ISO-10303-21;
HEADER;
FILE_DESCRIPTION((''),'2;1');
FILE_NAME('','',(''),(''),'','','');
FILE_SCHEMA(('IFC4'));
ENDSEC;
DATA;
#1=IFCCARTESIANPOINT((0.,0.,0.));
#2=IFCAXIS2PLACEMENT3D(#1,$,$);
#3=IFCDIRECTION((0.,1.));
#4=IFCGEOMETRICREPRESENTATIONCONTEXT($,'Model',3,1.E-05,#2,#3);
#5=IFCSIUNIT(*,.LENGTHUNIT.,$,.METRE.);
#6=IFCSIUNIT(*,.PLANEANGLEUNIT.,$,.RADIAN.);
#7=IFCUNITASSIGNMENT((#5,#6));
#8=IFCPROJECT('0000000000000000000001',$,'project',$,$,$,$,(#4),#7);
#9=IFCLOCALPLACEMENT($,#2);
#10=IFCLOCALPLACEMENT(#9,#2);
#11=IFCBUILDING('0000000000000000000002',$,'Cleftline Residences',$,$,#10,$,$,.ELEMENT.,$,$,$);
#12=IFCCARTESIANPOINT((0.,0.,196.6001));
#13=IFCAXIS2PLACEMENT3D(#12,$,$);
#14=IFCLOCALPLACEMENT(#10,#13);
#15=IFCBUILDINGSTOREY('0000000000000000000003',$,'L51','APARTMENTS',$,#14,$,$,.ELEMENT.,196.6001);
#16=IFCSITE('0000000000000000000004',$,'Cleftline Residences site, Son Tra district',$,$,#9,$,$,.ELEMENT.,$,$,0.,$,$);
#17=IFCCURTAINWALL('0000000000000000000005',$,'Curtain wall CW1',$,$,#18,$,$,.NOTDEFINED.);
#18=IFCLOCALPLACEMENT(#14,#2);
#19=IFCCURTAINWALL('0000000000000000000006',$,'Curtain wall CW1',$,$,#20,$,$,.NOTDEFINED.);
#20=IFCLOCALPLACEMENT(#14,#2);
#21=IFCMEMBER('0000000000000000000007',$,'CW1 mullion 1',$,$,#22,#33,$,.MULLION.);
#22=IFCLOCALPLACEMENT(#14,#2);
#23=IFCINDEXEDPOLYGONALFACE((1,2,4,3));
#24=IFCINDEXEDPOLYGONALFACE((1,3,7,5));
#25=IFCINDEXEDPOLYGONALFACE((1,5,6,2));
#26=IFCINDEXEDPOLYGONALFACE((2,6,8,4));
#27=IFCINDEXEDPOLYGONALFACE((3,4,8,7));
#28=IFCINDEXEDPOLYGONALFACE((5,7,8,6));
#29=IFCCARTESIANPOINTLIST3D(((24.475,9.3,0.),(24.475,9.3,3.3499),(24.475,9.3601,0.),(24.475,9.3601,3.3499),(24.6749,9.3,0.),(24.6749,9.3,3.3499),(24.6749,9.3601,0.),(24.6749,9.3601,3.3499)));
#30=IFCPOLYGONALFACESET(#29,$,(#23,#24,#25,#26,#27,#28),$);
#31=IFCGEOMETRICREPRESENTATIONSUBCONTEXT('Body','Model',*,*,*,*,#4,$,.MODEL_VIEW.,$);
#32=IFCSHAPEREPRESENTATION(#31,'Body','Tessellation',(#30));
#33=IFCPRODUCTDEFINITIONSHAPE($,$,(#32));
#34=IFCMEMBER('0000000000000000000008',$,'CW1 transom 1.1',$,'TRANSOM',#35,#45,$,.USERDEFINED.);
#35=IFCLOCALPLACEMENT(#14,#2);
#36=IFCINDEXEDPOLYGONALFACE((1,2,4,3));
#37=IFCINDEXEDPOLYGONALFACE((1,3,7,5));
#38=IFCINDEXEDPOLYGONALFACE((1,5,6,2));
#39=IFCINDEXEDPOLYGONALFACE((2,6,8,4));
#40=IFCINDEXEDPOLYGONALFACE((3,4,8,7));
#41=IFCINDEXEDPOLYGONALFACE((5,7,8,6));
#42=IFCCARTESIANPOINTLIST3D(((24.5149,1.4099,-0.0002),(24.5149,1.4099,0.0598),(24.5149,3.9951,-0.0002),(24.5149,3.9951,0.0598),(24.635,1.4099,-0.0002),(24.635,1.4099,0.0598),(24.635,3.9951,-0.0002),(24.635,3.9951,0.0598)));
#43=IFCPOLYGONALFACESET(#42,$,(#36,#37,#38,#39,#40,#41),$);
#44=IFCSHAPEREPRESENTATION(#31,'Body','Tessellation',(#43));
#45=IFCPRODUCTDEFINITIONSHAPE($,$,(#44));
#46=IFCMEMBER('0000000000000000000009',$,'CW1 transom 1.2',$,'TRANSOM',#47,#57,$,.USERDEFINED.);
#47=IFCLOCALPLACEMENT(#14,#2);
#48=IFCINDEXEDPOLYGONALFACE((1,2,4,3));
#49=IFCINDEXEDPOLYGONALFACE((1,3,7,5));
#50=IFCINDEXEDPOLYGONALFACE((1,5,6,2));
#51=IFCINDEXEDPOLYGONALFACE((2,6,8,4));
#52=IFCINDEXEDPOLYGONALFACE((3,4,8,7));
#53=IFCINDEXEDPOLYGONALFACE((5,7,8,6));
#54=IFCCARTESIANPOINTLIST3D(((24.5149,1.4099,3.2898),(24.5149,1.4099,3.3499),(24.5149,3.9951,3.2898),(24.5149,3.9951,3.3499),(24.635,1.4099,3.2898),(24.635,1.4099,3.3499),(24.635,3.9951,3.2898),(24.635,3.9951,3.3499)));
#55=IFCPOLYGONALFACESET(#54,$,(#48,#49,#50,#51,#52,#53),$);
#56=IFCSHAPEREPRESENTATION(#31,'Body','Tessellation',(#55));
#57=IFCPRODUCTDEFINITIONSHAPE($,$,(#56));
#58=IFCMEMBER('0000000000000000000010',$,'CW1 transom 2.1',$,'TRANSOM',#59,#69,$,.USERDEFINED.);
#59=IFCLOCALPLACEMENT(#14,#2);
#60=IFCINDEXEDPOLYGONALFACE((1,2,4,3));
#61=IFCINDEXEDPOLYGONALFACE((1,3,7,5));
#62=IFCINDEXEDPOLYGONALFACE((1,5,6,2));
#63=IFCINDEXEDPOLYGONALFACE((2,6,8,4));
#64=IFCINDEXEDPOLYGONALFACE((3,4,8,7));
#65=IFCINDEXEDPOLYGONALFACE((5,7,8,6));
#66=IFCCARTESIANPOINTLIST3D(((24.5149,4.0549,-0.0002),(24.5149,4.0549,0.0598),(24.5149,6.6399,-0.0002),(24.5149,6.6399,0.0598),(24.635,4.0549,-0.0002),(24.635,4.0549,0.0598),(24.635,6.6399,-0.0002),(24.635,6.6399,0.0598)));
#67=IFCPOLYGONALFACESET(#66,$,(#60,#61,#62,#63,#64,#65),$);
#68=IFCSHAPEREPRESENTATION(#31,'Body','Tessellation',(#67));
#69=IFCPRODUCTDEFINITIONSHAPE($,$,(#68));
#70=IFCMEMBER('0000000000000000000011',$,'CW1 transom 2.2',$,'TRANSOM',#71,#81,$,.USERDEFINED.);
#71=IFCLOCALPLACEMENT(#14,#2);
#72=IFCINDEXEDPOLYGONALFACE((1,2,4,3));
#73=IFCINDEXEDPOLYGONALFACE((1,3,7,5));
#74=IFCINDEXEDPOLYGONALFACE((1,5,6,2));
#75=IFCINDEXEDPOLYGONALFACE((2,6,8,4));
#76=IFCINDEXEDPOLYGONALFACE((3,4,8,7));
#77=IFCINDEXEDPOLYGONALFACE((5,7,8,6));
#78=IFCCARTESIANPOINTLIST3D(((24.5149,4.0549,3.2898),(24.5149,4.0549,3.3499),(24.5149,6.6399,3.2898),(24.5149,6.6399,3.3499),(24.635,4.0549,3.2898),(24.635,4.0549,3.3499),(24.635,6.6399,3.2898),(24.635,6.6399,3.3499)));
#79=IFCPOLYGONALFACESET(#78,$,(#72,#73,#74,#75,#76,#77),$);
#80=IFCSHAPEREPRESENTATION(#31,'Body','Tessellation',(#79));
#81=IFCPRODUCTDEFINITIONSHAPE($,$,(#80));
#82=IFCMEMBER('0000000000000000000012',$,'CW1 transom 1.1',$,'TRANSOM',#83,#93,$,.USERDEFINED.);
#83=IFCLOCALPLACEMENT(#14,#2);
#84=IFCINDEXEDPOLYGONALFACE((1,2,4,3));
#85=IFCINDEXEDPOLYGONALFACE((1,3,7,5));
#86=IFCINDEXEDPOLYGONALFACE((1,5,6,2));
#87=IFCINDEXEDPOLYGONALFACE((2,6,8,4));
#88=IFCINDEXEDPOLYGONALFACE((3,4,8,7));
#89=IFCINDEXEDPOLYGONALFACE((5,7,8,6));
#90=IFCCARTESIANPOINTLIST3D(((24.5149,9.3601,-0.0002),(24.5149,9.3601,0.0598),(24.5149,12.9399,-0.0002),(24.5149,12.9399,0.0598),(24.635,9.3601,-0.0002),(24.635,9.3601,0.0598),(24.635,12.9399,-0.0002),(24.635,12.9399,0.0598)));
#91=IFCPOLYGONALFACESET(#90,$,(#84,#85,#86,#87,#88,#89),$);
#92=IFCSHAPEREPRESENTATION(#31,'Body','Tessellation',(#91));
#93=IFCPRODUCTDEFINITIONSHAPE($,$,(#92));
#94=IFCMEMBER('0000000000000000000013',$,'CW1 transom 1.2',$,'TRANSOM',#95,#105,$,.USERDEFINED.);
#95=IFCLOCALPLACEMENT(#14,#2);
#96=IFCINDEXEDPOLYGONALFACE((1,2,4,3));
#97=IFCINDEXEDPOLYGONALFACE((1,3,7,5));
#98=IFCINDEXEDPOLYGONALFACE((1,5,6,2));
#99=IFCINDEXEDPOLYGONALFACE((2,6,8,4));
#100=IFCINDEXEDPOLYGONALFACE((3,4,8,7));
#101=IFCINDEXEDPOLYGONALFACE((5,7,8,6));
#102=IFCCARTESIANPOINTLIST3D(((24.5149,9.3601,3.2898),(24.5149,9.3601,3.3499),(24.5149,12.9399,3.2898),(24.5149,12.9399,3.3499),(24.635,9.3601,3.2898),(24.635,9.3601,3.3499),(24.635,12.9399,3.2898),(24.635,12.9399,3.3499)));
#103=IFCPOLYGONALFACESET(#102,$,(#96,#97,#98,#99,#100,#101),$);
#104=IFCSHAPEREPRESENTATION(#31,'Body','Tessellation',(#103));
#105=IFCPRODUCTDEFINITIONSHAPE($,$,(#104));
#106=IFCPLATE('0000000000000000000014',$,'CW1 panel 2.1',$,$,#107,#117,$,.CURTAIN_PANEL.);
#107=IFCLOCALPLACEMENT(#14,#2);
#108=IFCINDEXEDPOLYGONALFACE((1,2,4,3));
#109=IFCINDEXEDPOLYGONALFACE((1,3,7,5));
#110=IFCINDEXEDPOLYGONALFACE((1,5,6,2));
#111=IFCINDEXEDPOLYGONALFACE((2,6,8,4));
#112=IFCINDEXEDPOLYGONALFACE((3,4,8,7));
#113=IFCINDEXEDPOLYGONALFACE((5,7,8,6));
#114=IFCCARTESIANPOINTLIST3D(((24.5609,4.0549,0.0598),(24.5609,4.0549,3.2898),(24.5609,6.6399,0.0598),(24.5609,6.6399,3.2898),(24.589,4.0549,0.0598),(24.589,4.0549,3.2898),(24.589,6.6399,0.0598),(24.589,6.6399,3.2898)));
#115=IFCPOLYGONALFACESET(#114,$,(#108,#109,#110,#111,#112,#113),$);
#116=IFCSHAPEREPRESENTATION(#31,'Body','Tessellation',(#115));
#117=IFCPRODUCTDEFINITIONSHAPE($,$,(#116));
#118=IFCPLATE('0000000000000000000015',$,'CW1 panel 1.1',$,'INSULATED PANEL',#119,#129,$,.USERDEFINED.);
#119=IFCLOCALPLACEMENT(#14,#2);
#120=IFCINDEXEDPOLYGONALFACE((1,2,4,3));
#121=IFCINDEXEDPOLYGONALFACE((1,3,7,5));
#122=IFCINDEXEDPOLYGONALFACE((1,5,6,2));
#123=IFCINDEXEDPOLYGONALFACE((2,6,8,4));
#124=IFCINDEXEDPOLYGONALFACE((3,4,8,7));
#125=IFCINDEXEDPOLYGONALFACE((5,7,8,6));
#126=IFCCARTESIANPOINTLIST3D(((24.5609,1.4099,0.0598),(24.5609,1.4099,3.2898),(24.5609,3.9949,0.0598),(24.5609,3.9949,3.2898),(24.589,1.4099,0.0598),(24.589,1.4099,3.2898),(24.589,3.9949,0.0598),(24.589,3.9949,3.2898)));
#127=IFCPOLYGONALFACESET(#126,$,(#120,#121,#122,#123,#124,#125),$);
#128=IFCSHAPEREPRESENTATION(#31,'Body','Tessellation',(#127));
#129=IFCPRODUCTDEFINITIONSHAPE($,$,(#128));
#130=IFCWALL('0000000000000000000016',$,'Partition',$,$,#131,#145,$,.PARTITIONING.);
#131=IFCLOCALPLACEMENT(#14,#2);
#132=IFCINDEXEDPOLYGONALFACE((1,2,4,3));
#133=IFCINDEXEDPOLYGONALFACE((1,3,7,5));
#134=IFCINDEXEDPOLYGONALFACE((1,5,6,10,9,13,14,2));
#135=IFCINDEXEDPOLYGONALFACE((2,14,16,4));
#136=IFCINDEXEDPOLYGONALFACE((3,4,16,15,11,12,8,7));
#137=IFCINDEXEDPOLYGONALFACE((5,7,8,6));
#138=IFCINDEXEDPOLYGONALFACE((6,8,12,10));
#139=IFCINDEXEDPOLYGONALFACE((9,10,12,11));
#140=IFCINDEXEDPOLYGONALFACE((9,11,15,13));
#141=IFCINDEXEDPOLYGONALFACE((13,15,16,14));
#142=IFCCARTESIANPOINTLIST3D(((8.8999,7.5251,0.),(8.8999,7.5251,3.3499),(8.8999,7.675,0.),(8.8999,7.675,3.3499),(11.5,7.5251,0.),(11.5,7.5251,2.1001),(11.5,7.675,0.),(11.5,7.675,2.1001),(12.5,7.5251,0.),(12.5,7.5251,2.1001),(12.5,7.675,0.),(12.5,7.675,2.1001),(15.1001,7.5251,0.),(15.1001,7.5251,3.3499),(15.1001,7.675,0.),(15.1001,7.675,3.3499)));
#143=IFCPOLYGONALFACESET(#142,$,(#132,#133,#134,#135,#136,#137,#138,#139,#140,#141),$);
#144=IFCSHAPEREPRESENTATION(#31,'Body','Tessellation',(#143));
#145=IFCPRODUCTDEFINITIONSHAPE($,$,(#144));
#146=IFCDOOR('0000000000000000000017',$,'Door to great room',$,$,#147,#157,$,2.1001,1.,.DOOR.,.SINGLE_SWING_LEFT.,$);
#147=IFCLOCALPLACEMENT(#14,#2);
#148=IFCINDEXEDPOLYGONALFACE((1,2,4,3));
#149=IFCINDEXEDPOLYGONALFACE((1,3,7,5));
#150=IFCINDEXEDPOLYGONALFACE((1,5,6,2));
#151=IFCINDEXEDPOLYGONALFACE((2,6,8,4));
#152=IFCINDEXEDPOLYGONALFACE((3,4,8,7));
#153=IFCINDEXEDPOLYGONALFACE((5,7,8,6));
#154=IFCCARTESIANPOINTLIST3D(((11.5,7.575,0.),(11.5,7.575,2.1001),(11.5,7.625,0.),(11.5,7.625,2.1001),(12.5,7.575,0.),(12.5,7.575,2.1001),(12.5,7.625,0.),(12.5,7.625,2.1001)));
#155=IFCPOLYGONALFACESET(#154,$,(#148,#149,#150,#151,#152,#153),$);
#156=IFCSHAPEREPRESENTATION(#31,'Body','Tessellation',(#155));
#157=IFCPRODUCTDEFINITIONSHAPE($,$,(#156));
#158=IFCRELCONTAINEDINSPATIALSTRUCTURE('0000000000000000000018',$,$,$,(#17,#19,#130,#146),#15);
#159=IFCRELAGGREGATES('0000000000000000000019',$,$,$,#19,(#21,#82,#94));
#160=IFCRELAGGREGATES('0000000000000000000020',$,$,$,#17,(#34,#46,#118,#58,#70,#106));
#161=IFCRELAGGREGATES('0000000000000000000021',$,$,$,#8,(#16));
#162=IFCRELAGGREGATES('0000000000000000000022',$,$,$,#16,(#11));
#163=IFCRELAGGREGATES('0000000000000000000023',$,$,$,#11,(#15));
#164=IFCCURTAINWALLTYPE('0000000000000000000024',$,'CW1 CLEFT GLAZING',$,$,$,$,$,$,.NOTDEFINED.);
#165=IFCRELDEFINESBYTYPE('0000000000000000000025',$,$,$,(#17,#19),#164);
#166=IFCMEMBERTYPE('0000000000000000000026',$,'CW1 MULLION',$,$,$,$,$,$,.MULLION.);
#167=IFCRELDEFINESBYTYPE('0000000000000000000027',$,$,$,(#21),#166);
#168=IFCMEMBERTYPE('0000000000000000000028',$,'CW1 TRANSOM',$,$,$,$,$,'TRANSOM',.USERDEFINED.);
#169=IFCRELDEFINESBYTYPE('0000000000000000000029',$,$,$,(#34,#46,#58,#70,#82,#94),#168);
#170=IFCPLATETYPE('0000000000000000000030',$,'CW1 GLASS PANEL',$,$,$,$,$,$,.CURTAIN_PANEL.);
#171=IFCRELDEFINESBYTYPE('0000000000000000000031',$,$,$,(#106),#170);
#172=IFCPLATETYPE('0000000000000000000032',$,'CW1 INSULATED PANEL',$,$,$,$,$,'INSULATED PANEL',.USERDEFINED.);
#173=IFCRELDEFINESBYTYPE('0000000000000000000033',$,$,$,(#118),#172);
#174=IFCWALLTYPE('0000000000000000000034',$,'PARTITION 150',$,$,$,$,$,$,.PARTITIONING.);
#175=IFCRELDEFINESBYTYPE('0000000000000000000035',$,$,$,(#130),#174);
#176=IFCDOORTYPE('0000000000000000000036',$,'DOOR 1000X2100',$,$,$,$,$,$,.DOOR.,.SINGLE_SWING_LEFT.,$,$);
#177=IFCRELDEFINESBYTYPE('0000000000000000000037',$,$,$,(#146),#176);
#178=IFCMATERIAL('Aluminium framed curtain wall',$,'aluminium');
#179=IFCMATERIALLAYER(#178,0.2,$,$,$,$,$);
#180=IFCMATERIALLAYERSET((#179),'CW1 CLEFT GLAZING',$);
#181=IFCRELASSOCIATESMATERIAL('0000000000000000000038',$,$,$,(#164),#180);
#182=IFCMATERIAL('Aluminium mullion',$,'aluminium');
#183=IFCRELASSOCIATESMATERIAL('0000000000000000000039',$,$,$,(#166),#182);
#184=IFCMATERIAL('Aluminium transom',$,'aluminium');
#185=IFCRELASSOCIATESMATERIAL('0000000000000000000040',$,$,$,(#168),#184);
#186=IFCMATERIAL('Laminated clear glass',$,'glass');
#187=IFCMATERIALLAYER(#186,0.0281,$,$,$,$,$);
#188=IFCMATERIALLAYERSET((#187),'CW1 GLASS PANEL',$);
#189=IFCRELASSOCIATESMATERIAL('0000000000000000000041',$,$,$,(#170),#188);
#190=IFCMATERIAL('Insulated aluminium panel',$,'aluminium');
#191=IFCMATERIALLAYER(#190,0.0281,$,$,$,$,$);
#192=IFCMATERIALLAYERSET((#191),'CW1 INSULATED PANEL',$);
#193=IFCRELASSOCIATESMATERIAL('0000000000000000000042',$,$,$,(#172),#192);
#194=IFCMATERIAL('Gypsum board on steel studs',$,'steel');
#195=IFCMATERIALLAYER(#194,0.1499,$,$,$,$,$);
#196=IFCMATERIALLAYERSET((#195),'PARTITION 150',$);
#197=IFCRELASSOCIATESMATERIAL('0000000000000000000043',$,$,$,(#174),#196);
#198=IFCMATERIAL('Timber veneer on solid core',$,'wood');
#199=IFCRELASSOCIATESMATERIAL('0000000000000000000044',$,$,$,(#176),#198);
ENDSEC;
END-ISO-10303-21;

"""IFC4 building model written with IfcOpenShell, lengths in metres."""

from ifc_helpers import new_model, si_unit, direction, frame, frame_2d, origin, origin_2d, place, context, subcontext, project, spatial, rectangle, extrude, material, layer, layer_set, material_profile, profile_set, type_object, element, fill, aggregate, save


model = new_model("IFC4")

# Units and contexts
model_context = context("Model", 3, precision=1e-05, world=origin(), true_north=direction((0.0, 1.0)))
body_context = subcontext(model_context, "Body", "Model", "MODEL_VIEW")
ifc_project = project(units=[si_unit("LENGTHUNIT", "METRE"), si_unit("PLANEANGLEUNIT", "RADIAN")], contexts=[model_context])

# Site, building, storey
site_placement = place(None, origin())
site = spatial("IfcSite", under=ifc_project, at=site_placement, Name="Cleftline Residences site, Son Tra district", CompositionType="ELEMENT", RefElevation=0.0)
building_placement = place(site_placement, origin())
building = spatial("IfcBuilding", under=site, at=building_placement, Name="Cleftline Residences", CompositionType="ELEMENT")
storey_placement = place(building_placement, frame((0.0, 0.0, 196.6001)))
storey = spatial("IfcBuildingStorey", under=building, at=storey_placement, Name="L51", Description="APARTMENTS", CompositionType="ELEMENT", Elevation=196.6001)

# Curtain wall
ifc_material_1 = material(Name="Aluminium framed curtain wall", Category="aluminium")
ifc_layer_1 = layer(ifc_material_1, 0.2)
ifc_layer_set_1 = layer_set([ifc_layer_1], Name="CW1 CLEFT GLAZING")
curtain_wall_type = type_object("IfcCurtainWallType", Name="CW1 CLEFT GLAZING", PredefinedType="NOTDEFINED", material=ifc_layer_set_1)
curtain_wall_1_placement = place(storey_placement, origin())
curtain_wall_1 = element("IfcCurtainWall", 1, at=curtain_wall_1_placement, inside=storey, type_object=curtain_wall_type, Name="Curtain wall CW1", PredefinedType="NOTDEFINED")
ifc_material_2 = material(Name="Aluminium mullion", Category="aluminium")
ifc_material_profile_1 = material_profile(ifc_material_2, rectangle(XDim=0.2, YDim=0.0601, at=origin_2d()))
ifc_profile_set_1 = profile_set([ifc_material_profile_1], Name="Aluminium mullion")
member_type_1 = type_object("IfcMemberType", Name="CW1 MULLION", PredefinedType="MULLION", material=ifc_profile_set_1)

# Curtain wall, member
curtain_wall_2_placement = place(storey_placement, origin())
curtain_wall_2 = element("IfcCurtainWall", 2, at=curtain_wall_2_placement, inside=storey, type_object=curtain_wall_type, Name="Curtain wall CW1", PredefinedType="NOTDEFINED")
member_1_placement = place(storey_placement, frame((24.575, 9.3301, 0.0), z_axis=(0.0, 0.0, 1.0), x_axis=(-1.0, 0.0, 0.0)))
member_1 = element("IfcMember", 3, at=member_1_placement, type_object=member_type_1, Name="CW1 mullion 1", PredefinedType="MULLION", context=body_context, shape_type="SweptSolid", body=[
    extrude(rectangle(XDim=0.2, YDim=0.0601, at=origin_2d()), origin(), (0.0, 0.0, 1.0), 3.3499),
])

# Members
ifc_material_3 = material(Name="Aluminium transom", Category="aluminium")
ifc_material_profile_2 = material_profile(ifc_material_3, rectangle(XDim=0.1201, YDim=0.0601, at=origin_2d()))
ifc_profile_set_2 = profile_set([ifc_material_profile_2], Name="Aluminium transom")
member_type_2 = type_object("IfcMemberType", Name="CW1 TRANSOM", ElementType="TRANSOM", PredefinedType="USERDEFINED", material=ifc_profile_set_2)
member_2_placement = place(storey_placement, frame((24.575, 1.4099, 0.0298), z_axis=(0.0, 1.0, 0.0), x_axis=(-1.0, 0.0, 0.0)))
member_2 = element("IfcMember", 4, at=member_2_placement, type_object=member_type_2, Name="CW1 transom 1.1", ObjectType="TRANSOM", PredefinedType="USERDEFINED", context=body_context, shape_type="SweptSolid", body=[
    extrude(rectangle(XDim=0.1201, YDim=0.0601, at=origin_2d()), origin(), (0.0, 0.0, 1.0), 2.5852),
])
member_3_placement = place(storey_placement, frame((24.575, 1.4099, 3.3198), z_axis=(0.0, 1.0, 0.0), x_axis=(-1.0, 0.0, 0.0)))
member_3 = element("IfcMember", 5, at=member_3_placement, type_object=member_type_2, Name="CW1 transom 1.2", ObjectType="TRANSOM", PredefinedType="USERDEFINED", context=body_context, shape_type="SweptSolid", body=[
    extrude(rectangle(XDim=0.1201, YDim=0.0601, at=origin_2d()), origin(), (0.0, 0.0, 1.0), 2.5852),
])
member_4_placement = place(storey_placement, frame((24.575, 4.0549, 0.0298), z_axis=(0.0, 1.0, 0.0), x_axis=(-1.0, 0.0, 0.0)))
member_4 = element("IfcMember", 6, at=member_4_placement, type_object=member_type_2, Name="CW1 transom 2.1", ObjectType="TRANSOM", PredefinedType="USERDEFINED", context=body_context, shape_type="SweptSolid", body=[
    extrude(rectangle(XDim=0.1201, YDim=0.0601, at=origin_2d()), origin(), (0.0, 0.0, 1.0), 2.585),
])
member_5_placement = place(storey_placement, frame((24.575, 4.0549, 3.3198), z_axis=(0.0, 1.0, 0.0), x_axis=(-1.0, 0.0, 0.0)))
member_5 = element("IfcMember", 7, at=member_5_placement, type_object=member_type_2, Name="CW1 transom 2.2", ObjectType="TRANSOM", PredefinedType="USERDEFINED", context=body_context, shape_type="SweptSolid", body=[
    extrude(rectangle(XDim=0.1201, YDim=0.0601, at=origin_2d()), origin(), (0.0, 0.0, 1.0), 2.585),
])
member_6_placement = place(storey_placement, frame((24.575, 9.3601, 0.0298), z_axis=(0.0, 1.0, 0.0), x_axis=(-1.0, 0.0, 0.0)))
member_6 = element("IfcMember", 8, at=member_6_placement, type_object=member_type_2, Name="CW1 transom 1.1", ObjectType="TRANSOM", PredefinedType="USERDEFINED", context=body_context, shape_type="SweptSolid", body=[
    extrude(rectangle(XDim=0.1201, YDim=0.0601, at=origin_2d()), origin(), (0.0, 0.0, 1.0), 3.5798),
])
member_7_placement = place(storey_placement, frame((24.575, 9.3601, 3.3198), z_axis=(0.0, 1.0, 0.0), x_axis=(-1.0, 0.0, 0.0)))
member_7 = element("IfcMember", 9, at=member_7_placement, type_object=member_type_2, Name="CW1 transom 1.2", ObjectType="TRANSOM", PredefinedType="USERDEFINED", context=body_context, shape_type="SweptSolid", body=[
    extrude(rectangle(XDim=0.1201, YDim=0.0601, at=origin_2d()), origin(), (0.0, 0.0, 1.0), 3.5798),
])
aggregate(curtain_wall_2, [member_1, member_6, member_7])

# Plates
ifc_material_4 = material(Name="Laminated clear glass", Category="glass")
ifc_layer_2 = layer(ifc_material_4, 0.0281)
ifc_layer_set_2 = layer_set([ifc_layer_2], Name="CW1 GLASS PANEL")
plate_type_1 = type_object("IfcPlateType", Name="CW1 GLASS PANEL", PredefinedType="CURTAIN_PANEL", material=ifc_layer_set_2)
plate_1_placement = place(storey_placement, frame((24.575, 5.3474, 0.0598), z_axis=(0.0, 0.0, 1.0), x_axis=(0.0, 1.0, 0.0)))
plate_1 = element("IfcPlate", 10, at=plate_1_placement, type_object=plate_type_1, Name="CW1 panel 2.1", PredefinedType="CURTAIN_PANEL", context=body_context, shape_type="SweptSolid", body=[
    extrude(rectangle(XDim=2.585, YDim=0.0281, at=origin_2d()), origin(), (0.0, 0.0, 1.0), 3.23),
])
ifc_material_5 = material(Name="Insulated aluminium panel", Category="aluminium")
ifc_layer_3 = layer(ifc_material_5, 0.0281)
ifc_layer_set_3 = layer_set([ifc_layer_3], Name="CW1 INSULATED PANEL")
plate_type_2 = type_object("IfcPlateType", Name="CW1 INSULATED PANEL", ElementType="INSULATED PANEL", PredefinedType="USERDEFINED", material=ifc_layer_set_3)
plate_2_placement = place(storey_placement, frame((24.575, 2.7024, 0.0598), z_axis=(0.0, 0.0, 1.0), x_axis=(0.0, 1.0, 0.0)))
plate_2 = element("IfcPlate", 11, at=plate_2_placement, type_object=plate_type_2, Name="CW1 panel 1.1", ObjectType="INSULATED PANEL", PredefinedType="USERDEFINED", context=body_context, shape_type="SweptSolid", body=[
    extrude(rectangle(XDim=2.585, YDim=0.0281, at=origin_2d()), origin(), (0.0, 0.0, 1.0), 3.23),
])
aggregate(curtain_wall_1, [member_2, member_3, plate_2, member_4, member_5, plate_1])

# Wall, opening, door
ifc_material_6 = material(Name="Gypsum board on steel studs", Category="steel")
ifc_layer_4 = layer(ifc_material_6, 0.1499)
ifc_layer_set_4 = layer_set([ifc_layer_4], Name="PARTITION 150")
wall_type = type_object("IfcWallType", Name="PARTITION 150", PredefinedType="PARTITIONING", material=ifc_layer_set_4)
wall_1_placement = place(storey_placement, frame((8.8999, 7.6001, 0.0), z_axis=(0.0, 0.0, 1.0), x_axis=(1.0, 0.0, 0.0)))
wall_1 = element("IfcWall", 12, at=wall_1_placement, inside=storey, type_object=wall_type, Name="Partition", PredefinedType="PARTITIONING", context=body_context, shape_type="SweptSolid", body=[
    extrude(rectangle(XDim=6.2002, YDim=0.1499, at=frame_2d((3.1001, 0.0))), origin(), (0.0, 0.0, 1.0), 3.3499),
])
opening_1_placement = place(wall_1_placement, frame((2.6001, 0.0, 0.0)))
opening_1 = element("IfcOpeningElement", 13, at=opening_1_placement, cuts=wall_1, PredefinedType="OPENING", context=body_context, shape_type="SweptSolid", body=[
    extrude(rectangle(XDim=1.0, YDim=2.1001, at=frame_2d((0.5, 1.05))), frame((0.0, 0.085, 0.0), z_axis=(0.0, -1.0, 0.0), x_axis=(1.0, 0.0, 0.0)), (0.0, 0.0, 1.0), 0.1699),
])
ifc_material_7 = material(Name="Timber veneer on solid core", Category="wood")
door_type_1 = type_object("IfcDoorType", Name="DOOR 1000X2100", OperationType="SINGLE_SWING_LEFT", PredefinedType="DOOR", material=ifc_material_7)
door_1_placement = place(opening_1_placement, origin())
door_1 = element("IfcDoor", 14, at=door_1_placement, inside=storey, type_object=door_type_1, Name="Door to great room", OperationType="SINGLE_SWING_LEFT", OverallHeight=2.1001, OverallWidth=1.0, PredefinedType="DOOR", context=body_context, shape_type="SweptSolid", body=[
    extrude(rectangle(XDim=1.0, YDim=2.1001, at=frame_2d((0.5, 1.05))), frame((0.0, 0.0249, 0.0), z_axis=(0.0, -1.0, 0.0), x_axis=(1.0, 0.0, 0.0)), (0.0, 0.0, 1.0), 0.05),
])
fill(opening_1, door_1)

save(model, "model.ifc")
